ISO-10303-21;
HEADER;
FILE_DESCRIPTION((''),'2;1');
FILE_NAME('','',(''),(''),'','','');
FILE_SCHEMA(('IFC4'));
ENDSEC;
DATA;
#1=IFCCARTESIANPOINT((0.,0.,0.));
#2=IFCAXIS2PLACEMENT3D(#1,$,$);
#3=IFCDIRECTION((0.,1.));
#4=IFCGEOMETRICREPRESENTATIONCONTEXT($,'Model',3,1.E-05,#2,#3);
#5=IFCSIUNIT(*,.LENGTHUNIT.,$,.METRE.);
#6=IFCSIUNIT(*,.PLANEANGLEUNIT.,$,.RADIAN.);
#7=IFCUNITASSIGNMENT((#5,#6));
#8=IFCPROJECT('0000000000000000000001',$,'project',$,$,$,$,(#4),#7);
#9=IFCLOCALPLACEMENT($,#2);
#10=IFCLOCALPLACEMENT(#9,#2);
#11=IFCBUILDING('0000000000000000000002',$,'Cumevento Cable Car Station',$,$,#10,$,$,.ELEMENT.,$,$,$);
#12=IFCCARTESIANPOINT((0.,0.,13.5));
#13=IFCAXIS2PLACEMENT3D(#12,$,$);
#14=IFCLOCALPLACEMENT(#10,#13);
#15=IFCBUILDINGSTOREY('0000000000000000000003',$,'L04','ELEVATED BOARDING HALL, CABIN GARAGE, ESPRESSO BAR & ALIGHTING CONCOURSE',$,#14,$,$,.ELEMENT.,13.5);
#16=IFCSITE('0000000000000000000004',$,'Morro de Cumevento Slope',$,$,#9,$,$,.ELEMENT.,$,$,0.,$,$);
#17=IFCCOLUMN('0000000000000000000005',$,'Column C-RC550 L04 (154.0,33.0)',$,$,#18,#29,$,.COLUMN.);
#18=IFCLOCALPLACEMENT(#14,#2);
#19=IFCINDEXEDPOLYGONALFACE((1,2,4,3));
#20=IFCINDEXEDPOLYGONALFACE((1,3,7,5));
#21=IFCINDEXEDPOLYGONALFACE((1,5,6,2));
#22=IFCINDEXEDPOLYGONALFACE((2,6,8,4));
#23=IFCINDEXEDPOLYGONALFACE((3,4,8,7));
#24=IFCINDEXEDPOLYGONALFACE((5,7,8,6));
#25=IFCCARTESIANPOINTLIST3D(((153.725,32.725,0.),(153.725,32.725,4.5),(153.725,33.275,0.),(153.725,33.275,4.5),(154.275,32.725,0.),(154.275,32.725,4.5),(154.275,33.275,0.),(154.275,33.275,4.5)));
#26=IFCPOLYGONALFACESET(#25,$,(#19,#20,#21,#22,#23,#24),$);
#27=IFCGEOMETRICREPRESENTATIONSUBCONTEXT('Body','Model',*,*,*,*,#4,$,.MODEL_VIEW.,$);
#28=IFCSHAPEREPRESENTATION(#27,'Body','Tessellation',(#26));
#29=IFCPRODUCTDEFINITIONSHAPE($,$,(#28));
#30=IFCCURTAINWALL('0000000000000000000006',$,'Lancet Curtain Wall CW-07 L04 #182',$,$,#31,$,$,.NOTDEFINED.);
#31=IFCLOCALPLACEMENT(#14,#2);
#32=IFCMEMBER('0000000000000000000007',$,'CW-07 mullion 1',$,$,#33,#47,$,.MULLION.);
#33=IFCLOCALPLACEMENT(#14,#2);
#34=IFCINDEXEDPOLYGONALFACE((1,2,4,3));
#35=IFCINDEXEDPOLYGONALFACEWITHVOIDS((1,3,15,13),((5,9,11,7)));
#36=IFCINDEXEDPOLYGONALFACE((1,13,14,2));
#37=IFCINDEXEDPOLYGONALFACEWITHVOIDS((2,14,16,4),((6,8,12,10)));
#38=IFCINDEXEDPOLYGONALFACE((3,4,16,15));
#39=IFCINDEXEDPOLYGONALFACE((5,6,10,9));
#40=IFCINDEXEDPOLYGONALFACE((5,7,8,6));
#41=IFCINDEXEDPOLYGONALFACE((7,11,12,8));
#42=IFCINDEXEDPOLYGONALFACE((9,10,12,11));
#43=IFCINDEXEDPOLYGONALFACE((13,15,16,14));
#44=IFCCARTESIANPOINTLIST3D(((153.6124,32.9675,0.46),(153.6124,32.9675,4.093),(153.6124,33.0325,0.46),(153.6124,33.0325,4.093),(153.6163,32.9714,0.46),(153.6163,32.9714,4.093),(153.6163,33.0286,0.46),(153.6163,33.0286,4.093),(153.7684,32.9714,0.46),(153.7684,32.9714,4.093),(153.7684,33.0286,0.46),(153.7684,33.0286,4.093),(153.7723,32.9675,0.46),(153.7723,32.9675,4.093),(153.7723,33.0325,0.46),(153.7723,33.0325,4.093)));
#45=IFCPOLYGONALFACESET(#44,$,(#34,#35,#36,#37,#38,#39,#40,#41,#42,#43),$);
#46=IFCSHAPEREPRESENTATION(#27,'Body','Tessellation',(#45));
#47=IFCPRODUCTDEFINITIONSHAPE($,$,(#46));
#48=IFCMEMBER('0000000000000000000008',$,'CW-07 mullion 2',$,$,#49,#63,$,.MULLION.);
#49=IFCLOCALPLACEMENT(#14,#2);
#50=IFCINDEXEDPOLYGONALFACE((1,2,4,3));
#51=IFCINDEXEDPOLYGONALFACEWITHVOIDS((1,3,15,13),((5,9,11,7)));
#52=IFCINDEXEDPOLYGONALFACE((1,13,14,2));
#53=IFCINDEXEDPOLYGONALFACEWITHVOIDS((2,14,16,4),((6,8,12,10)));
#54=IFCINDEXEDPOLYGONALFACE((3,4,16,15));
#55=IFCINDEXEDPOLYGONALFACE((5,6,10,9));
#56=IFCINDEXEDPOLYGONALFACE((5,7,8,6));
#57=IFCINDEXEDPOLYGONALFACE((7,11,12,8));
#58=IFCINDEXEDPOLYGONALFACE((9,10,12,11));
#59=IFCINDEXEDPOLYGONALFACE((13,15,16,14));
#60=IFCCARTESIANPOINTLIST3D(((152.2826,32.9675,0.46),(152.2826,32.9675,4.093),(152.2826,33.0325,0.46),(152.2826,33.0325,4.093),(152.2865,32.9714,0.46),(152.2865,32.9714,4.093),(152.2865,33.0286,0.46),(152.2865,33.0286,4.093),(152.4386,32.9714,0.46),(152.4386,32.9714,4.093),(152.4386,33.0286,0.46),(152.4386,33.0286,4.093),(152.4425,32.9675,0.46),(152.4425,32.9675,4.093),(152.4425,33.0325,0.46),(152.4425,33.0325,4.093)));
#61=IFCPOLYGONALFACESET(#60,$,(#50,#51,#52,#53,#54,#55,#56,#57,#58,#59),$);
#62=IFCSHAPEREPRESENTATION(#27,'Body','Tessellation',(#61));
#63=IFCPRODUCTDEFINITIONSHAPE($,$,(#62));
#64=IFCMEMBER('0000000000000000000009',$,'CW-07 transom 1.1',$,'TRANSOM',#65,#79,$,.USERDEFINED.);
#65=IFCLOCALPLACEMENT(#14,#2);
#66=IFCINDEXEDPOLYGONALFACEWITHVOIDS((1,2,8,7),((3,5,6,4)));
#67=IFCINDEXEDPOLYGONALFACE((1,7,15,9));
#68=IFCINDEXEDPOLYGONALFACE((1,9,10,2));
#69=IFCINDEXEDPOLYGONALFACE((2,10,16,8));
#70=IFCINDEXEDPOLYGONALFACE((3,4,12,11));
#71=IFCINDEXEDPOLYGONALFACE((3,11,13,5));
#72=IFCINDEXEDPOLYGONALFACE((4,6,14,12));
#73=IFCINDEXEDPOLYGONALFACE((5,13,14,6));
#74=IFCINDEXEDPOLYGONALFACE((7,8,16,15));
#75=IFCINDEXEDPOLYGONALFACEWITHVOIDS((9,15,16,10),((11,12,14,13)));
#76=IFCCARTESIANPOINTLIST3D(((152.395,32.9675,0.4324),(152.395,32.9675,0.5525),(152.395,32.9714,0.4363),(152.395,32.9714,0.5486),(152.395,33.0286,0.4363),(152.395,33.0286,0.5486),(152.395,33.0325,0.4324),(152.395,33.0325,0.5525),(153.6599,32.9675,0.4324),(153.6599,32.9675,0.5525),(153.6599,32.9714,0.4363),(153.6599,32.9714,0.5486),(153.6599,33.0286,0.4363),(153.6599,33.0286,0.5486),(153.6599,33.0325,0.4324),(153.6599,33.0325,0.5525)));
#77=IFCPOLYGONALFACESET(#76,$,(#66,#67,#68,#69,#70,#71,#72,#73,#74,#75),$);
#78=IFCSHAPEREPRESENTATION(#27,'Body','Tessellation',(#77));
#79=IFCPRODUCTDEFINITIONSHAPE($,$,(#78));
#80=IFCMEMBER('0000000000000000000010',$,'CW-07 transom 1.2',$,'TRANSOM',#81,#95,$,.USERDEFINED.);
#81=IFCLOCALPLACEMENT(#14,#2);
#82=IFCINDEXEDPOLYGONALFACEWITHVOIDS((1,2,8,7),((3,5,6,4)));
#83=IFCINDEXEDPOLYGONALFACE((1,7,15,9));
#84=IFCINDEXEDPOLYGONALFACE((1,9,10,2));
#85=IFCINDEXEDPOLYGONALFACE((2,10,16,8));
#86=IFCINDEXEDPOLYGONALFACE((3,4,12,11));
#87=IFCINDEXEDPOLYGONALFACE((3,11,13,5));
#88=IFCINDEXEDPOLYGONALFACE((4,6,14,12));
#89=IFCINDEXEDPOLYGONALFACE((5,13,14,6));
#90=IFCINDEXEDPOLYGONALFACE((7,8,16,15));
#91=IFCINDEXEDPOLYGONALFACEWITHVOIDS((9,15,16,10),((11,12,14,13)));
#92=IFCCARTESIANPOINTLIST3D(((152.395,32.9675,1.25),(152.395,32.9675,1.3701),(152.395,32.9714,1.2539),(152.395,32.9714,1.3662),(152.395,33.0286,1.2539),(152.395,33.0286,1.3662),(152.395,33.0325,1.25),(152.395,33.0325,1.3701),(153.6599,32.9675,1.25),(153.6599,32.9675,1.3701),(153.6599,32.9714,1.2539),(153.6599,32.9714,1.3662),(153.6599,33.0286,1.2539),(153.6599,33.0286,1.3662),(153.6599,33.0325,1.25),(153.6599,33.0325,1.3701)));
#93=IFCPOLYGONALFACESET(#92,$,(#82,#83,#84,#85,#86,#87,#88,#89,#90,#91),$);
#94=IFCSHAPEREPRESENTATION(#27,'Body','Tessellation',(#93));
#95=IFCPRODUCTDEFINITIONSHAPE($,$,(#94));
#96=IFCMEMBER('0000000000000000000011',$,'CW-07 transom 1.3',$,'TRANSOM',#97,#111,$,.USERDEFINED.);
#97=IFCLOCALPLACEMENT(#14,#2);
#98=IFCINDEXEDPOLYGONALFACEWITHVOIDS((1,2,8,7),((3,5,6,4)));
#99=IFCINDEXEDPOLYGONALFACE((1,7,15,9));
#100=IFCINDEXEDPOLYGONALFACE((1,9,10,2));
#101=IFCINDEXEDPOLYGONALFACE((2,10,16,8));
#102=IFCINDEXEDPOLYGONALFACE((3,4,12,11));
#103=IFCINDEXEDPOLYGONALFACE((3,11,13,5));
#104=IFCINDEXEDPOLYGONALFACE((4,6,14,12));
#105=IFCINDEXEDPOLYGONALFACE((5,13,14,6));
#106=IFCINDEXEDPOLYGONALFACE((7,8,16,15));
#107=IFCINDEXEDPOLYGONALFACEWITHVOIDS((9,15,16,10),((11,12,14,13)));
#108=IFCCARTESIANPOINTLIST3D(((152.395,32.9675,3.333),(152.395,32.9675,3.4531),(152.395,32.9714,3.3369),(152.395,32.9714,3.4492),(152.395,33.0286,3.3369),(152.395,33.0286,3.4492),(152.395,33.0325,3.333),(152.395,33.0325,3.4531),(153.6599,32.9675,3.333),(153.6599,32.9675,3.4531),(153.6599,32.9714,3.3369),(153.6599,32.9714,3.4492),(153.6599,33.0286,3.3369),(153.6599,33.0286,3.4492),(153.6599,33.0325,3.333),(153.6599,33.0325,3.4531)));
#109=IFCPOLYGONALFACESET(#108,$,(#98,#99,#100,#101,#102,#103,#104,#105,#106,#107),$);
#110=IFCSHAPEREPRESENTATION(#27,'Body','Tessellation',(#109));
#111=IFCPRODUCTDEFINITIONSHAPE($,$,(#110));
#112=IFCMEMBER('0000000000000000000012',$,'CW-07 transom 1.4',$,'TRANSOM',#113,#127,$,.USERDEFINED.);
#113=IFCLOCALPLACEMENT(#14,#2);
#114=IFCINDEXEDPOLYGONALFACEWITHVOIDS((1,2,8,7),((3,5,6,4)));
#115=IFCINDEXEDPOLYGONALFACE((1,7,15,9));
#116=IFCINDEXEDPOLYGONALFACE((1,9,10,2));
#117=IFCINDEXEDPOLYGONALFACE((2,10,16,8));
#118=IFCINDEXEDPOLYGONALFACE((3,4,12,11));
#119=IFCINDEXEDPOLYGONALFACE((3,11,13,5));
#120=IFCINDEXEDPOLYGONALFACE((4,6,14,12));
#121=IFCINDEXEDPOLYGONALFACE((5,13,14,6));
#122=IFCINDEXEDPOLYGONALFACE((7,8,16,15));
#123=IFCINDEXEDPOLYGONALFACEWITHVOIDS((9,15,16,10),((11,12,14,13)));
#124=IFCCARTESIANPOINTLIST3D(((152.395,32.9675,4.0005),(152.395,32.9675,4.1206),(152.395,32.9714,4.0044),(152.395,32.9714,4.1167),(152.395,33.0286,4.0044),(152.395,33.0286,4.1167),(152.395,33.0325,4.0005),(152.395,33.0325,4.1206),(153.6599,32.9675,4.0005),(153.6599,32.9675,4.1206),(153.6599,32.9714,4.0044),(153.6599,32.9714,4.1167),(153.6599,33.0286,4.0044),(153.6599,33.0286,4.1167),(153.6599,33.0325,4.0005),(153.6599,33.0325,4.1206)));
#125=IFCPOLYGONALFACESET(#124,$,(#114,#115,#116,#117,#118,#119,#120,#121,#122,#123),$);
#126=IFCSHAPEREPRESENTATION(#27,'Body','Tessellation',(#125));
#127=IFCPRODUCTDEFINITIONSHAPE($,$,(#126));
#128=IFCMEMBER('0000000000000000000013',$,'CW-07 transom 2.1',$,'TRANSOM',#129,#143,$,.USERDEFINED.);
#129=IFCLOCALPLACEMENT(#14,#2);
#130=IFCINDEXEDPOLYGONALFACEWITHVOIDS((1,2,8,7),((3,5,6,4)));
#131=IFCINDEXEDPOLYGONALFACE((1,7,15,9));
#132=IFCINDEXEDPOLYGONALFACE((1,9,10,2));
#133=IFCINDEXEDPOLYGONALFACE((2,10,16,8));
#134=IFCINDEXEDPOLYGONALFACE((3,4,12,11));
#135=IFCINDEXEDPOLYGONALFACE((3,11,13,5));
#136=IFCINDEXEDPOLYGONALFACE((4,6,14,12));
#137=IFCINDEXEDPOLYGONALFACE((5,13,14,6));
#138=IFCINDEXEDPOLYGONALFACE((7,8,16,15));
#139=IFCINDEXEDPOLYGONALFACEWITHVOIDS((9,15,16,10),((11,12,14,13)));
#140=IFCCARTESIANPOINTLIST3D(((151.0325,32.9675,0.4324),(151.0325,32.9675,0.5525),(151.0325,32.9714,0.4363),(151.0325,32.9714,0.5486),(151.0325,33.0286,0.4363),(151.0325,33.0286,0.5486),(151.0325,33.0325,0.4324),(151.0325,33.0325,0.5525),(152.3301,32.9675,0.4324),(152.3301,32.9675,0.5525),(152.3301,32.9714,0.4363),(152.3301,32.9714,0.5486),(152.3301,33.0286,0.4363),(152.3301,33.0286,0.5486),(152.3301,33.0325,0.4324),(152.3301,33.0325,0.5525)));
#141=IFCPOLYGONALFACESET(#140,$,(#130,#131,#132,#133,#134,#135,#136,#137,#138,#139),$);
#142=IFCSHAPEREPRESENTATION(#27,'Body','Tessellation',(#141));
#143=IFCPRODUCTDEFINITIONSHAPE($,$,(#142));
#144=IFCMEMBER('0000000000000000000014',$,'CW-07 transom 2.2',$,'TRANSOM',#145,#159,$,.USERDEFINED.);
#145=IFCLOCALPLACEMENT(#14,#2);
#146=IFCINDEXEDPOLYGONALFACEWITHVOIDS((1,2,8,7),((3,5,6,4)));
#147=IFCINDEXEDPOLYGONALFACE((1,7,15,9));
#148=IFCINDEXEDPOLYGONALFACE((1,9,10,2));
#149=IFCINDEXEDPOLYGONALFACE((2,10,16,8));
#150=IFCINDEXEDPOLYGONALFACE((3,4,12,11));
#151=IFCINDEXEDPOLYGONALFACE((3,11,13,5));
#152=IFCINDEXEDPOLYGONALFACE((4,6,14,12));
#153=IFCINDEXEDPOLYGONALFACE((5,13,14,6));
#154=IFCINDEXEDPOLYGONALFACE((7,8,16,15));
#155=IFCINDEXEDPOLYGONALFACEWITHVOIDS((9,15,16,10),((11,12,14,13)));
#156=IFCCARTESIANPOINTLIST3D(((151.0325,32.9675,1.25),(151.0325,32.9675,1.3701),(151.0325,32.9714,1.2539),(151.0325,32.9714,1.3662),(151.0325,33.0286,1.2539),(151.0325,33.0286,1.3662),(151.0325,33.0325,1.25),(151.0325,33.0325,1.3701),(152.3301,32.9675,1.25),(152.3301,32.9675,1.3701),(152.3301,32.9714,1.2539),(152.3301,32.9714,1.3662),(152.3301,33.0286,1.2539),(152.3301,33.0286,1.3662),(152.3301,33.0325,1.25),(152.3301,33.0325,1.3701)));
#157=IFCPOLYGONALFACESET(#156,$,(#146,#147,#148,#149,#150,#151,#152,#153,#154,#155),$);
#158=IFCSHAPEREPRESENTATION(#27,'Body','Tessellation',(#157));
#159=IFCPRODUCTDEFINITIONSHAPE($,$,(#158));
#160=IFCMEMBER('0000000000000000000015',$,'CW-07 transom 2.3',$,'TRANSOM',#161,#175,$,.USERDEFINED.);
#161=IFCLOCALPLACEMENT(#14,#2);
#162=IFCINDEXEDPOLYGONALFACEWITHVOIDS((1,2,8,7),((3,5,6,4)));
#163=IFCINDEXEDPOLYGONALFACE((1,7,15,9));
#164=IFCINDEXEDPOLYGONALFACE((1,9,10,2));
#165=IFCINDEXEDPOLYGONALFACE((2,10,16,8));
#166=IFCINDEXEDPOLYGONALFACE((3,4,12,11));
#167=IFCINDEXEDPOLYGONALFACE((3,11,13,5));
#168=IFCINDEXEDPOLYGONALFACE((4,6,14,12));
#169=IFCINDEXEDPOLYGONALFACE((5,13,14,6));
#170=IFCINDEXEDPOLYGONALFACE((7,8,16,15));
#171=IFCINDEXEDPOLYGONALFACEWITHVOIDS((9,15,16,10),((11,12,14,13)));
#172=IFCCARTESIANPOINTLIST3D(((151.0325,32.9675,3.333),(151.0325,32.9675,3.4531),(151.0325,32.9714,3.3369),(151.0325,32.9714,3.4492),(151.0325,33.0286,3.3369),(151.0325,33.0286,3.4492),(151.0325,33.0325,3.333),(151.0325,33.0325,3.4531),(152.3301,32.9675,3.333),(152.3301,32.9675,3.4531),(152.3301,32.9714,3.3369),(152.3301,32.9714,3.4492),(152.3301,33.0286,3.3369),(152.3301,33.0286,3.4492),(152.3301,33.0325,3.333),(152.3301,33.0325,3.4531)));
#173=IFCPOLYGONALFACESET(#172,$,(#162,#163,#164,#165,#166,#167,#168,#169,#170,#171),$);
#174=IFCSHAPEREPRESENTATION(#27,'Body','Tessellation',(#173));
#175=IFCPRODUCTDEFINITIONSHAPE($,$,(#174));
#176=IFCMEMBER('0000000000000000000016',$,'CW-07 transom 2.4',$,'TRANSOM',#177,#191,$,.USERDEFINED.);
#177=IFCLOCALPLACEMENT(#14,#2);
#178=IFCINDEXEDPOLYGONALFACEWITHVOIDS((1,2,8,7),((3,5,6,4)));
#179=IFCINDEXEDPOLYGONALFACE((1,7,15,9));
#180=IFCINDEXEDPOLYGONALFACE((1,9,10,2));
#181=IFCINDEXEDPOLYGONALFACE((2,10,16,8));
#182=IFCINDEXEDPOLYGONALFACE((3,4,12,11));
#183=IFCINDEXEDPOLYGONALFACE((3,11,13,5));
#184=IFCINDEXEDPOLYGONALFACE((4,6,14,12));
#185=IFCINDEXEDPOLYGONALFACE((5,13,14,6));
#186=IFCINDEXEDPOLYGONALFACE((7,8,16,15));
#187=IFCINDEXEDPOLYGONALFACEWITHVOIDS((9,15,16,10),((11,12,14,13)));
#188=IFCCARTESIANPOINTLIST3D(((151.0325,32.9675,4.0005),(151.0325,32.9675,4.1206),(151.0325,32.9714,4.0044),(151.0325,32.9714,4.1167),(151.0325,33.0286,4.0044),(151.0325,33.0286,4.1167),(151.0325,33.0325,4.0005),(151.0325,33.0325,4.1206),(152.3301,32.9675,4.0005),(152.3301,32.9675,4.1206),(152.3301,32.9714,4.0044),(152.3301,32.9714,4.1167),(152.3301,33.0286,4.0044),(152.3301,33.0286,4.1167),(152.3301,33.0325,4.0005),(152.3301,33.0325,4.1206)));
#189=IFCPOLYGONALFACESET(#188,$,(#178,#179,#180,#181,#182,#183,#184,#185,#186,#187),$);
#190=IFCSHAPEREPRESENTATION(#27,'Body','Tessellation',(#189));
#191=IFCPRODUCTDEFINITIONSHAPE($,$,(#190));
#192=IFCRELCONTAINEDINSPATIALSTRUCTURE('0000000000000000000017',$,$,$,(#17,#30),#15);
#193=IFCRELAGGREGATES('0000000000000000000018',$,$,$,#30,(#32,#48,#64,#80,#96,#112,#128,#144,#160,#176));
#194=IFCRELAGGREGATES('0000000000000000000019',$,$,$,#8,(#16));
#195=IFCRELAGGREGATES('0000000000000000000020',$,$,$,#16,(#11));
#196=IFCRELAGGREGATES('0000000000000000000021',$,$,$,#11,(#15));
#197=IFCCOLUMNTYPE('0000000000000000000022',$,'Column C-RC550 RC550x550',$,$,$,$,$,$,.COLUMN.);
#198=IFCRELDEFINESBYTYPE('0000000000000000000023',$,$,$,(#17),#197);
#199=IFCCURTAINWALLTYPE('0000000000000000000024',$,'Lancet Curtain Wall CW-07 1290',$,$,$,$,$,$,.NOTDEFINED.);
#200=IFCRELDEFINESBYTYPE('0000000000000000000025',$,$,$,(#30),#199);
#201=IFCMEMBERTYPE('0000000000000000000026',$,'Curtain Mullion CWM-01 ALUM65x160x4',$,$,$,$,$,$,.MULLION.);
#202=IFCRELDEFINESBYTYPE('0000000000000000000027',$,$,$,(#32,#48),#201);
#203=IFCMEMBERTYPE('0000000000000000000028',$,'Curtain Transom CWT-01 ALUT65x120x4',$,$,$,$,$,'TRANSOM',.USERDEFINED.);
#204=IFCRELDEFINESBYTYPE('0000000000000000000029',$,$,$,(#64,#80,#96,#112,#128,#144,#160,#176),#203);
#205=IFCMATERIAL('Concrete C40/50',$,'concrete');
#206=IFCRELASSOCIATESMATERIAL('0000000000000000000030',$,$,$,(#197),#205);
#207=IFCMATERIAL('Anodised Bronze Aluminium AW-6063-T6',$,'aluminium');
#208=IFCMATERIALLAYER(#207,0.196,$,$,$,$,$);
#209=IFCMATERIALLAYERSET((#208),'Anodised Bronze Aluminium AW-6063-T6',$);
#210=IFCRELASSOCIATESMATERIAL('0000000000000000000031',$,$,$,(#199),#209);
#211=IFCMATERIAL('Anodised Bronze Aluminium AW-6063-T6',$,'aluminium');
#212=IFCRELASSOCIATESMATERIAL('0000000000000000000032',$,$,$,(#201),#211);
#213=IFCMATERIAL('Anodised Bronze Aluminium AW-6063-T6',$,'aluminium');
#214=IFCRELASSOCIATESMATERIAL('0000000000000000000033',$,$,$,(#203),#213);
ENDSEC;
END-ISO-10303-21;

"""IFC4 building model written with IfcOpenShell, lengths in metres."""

from ifc_helpers import new_model, si_unit, direction, frame, origin, origin_2d, place, context, subcontext, project, spatial, rectangle, hollow_rectangle, extrude, material, layer, layer_set, material_profile, profile_set, type_object, element, aggregate, save


model = new_model("IFC4")

# Units and contexts
model_context = context("Model", 3, precision=1e-05, world=origin(), true_north=direction((0.0, 1.0)))
body_context = subcontext(model_context, "Body", "Model", "MODEL_VIEW")
ifc_project = project(units=[si_unit("LENGTHUNIT", "METRE"), si_unit("PLANEANGLEUNIT", "RADIAN")], contexts=[model_context])

# Site, building, storey
site_placement = place(None, origin())
site = spatial("IfcSite", under=ifc_project, at=site_placement, Name="Morro de Cumevento Slope", CompositionType="ELEMENT", RefElevation=0.0)
building_placement = place(site_placement, origin())
building = spatial("IfcBuilding", under=site, at=building_placement, Name="Cumevento Cable Car Station", CompositionType="ELEMENT")
storey_placement = place(building_placement, frame((0.0, 0.0, 13.5)))
storey = spatial("IfcBuildingStorey", under=building, at=storey_placement, Name="L04", Description="ELEVATED BOARDING HALL, CABIN GARAGE, ESPRESSO BAR & ALIGHTING CONCOURSE", CompositionType="ELEMENT", Elevation=13.5)

# Column
ifc_material_1 = material(Name="Concrete C40/50", Category="concrete")
ifc_material_profile_1 = material_profile(ifc_material_1, rectangle(XDim=0.55, YDim=0.55, at=origin_2d()), Name="RC550x550")
ifc_profile_set_1 = profile_set([ifc_material_profile_1], Name="Concrete C40/50")
column_type = type_object("IfcColumnType", Name="Column C-RC550 RC550x550", PredefinedType="COLUMN", material=ifc_profile_set_1)
column_placement = place(storey_placement, frame((154.0, 33.0, 0.0), z_axis=(0.0, 0.0, 1.0), x_axis=(1.0, 0.0, 0.0)))
element("IfcColumn", 1, at=column_placement, inside=storey, type_object=column_type, Name="Column C-RC550 L04 (154.0,33.0)", PredefinedType="COLUMN", context=body_context, shape_type="SweptSolid", body=[
    extrude(rectangle(XDim=0.55, YDim=0.55, at=origin_2d()), origin(), (0.0, 0.0, 1.0), 4.5),
])

# Curtain wall, members
ifc_material_2 = material(Name="Anodised Bronze Aluminium AW-6063-T6", Category="aluminium")
ifc_layer_1 = layer(ifc_material_2, 0.196)
ifc_layer_set_1 = layer_set([ifc_layer_1], Name="Anodised Bronze Aluminium AW-6063-T6")
curtain_wall_type = type_object("IfcCurtainWallType", Name="Lancet Curtain Wall CW-07 1290", PredefinedType="NOTDEFINED", material=ifc_layer_set_1)
curtain_wall_placement = place(storey_placement, origin())
curtain_wall = element("IfcCurtainWall", 2, at=curtain_wall_placement, inside=storey, type_object=curtain_wall_type, Name="Lancet Curtain Wall CW-07 L04 #182", PredefinedType="NOTDEFINED")
ifc_material_3 = material(Name="Anodised Bronze Aluminium AW-6063-T6", Category="aluminium")
ifc_material_profile_2 = material_profile(ifc_material_3, hollow_rectangle(XDim=0.0649, YDim=0.1599, WallThickness=0.0039, at=origin_2d()), Name="ALUM65x160x4")
ifc_profile_set_2 = profile_set([ifc_material_profile_2], Name="Anodised Bronze Aluminium AW-6063-T6")
member_type_1 = type_object("IfcMemberType", Name="Curtain Mullion CWM-01 ALUM65x160x4", PredefinedType="MULLION", material=ifc_profile_set_2)
member_1_placement = place(storey_placement, frame((153.6924, 33.0, 0.46), z_axis=(0.0, 0.0, 1.0), x_axis=(0.0, -1.0, 0.0)))
member_1 = element("IfcMember", 3, at=member_1_placement, type_object=member_type_1, Name="CW-07 mullion 1", PredefinedType="MULLION", context=body_context, shape_type="SweptSolid", body=[
    extrude(hollow_rectangle(XDim=0.0649, YDim=0.1599, WallThickness=0.0039, at=origin_2d()), origin(), (0.0, 0.0, 1.0), 3.6331),
])
member_2_placement = place(storey_placement, frame((152.3625, 33.0, 0.46), z_axis=(0.0, 0.0, 1.0), x_axis=(0.0, -1.0, 0.0)))
member_2 = element("IfcMember", 4, at=member_2_placement, type_object=member_type_1, Name="CW-07 mullion 2", PredefinedType="MULLION", context=body_context, shape_type="SweptSolid", body=[
    extrude(hollow_rectangle(XDim=0.0649, YDim=0.1599, WallThickness=0.0039, at=origin_2d()), origin(), (0.0, 0.0, 1.0), 3.6331),
])
ifc_material_4 = material(Name="Anodised Bronze Aluminium AW-6063-T6", Category="aluminium")
ifc_material_profile_3 = material_profile(ifc_material_4, hollow_rectangle(XDim=0.0649, YDim=0.1201, WallThickness=0.0039, at=origin_2d()), Name="ALUT65x120x4")
ifc_profile_set_3 = profile_set([ifc_material_profile_3], Name="Anodised Bronze Aluminium AW-6063-T6")
member_type_2 = type_object("IfcMemberType", Name="Curtain Transom CWT-01 ALUT65x120x4", ElementType="TRANSOM", PredefinedType="USERDEFINED", material=ifc_profile_set_3)
member_3_placement = place(storey_placement, frame((153.6599, 33.0, 0.4924), z_axis=(-1.0, 0.0, 0.0), x_axis=(0.0, -1.0, 0.0)))
member_3 = element("IfcMember", 5, at=member_3_placement, type_object=member_type_2, Name="CW-07 transom 1.1", ObjectType="TRANSOM", PredefinedType="USERDEFINED", context=body_context, shape_type="SweptSolid", body=[
    extrude(hollow_rectangle(XDim=0.0649, YDim=0.1201, WallThickness=0.0039, at=origin_2d()), origin(), (0.0, 0.0, 1.0), 1.2649),
])
member_4_placement = place(storey_placement, frame((153.6599, 33.0, 1.3101), z_axis=(-1.0, 0.0, 0.0), x_axis=(0.0, -1.0, 0.0)))
member_4 = element("IfcMember", 6, at=member_4_placement, type_object=member_type_2, Name="CW-07 transom 1.2", ObjectType="TRANSOM", PredefinedType="USERDEFINED", context=body_context, shape_type="SweptSolid", body=[
    extrude(hollow_rectangle(XDim=0.0649, YDim=0.1201, WallThickness=0.0039, at=origin_2d()), origin(), (0.0, 0.0, 1.0), 1.2649),
])
member_5_placement = place(storey_placement, frame((153.6599, 33.0, 3.3931), z_axis=(-1.0, 0.0, 0.0), x_axis=(0.0, -1.0, 0.0)))
member_5 = element("IfcMember", 7, at=member_5_placement, type_object=member_type_2, Name="CW-07 transom 1.3", ObjectType="TRANSOM", PredefinedType="USERDEFINED", context=body_context, shape_type="SweptSolid", body=[
    extrude(hollow_rectangle(XDim=0.0649, YDim=0.1201, WallThickness=0.0039, at=origin_2d()), origin(), (0.0, 0.0, 1.0), 1.2649),
])
member_6_placement = place(storey_placement, frame((153.6599, 33.0, 4.0605), z_axis=(-1.0, 0.0, 0.0), x_axis=(0.0, -1.0, 0.0)))
member_6 = element("IfcMember", 8, at=member_6_placement, type_object=member_type_2, Name="CW-07 transom 1.4", ObjectType="TRANSOM", PredefinedType="USERDEFINED", context=body_context, shape_type="SweptSolid", body=[
    extrude(hollow_rectangle(XDim=0.0649, YDim=0.1201, WallThickness=0.0039, at=origin_2d()), origin(), (0.0, 0.0, 1.0), 1.2649),
])
member_7_placement = place(storey_placement, frame((152.3301, 33.0, 0.4924), z_axis=(-1.0, 0.0, 0.0), x_axis=(0.0, -1.0, 0.0)))
member_7 = element("IfcMember", 9, at=member_7_placement, type_object=member_type_2, Name="CW-07 transom 2.1", ObjectType="TRANSOM", PredefinedType="USERDEFINED", context=body_context, shape_type="SweptSolid", body=[
    extrude(hollow_rectangle(XDim=0.0649, YDim=0.1201, WallThickness=0.0039, at=origin_2d()), origin(), (0.0, 0.0, 1.0), 1.2976),
])
member_8_placement = place(storey_placement, frame((152.3301, 33.0, 1.3101), z_axis=(-1.0, 0.0, 0.0), x_axis=(0.0, -1.0, 0.0)))
member_8 = element("IfcMember", 10, at=member_8_placement, type_object=member_type_2, Name="CW-07 transom 2.2", ObjectType="TRANSOM", PredefinedType="USERDEFINED", context=body_context, shape_type="SweptSolid", body=[
    extrude(hollow_rectangle(XDim=0.0649, YDim=0.1201, WallThickness=0.0039, at=origin_2d()), origin(), (0.0, 0.0, 1.0), 1.2976),
])
member_9_placement = place(storey_placement, frame((152.3301, 33.0, 3.3931), z_axis=(-1.0, 0.0, 0.0), x_axis=(0.0, -1.0, 0.0)))
member_9 = element("IfcMember", 11, at=member_9_placement, type_object=member_type_2, Name="CW-07 transom 2.3", ObjectType="TRANSOM", PredefinedType="USERDEFINED", context=body_context, shape_type="SweptSolid", body=[
    extrude(hollow_rectangle(XDim=0.0649, YDim=0.1201, WallThickness=0.0039, at=origin_2d()), origin(), (0.0, 0.0, 1.0), 1.2976),
])
member_10_placement = place(storey_placement, frame((152.3301, 33.0, 4.0605), z_axis=(-1.0, 0.0, 0.0), x_axis=(0.0, -1.0, 0.0)))
member_10 = element("IfcMember", 12, at=member_10_placement, type_object=member_type_2, Name="CW-07 transom 2.4", ObjectType="TRANSOM", PredefinedType="USERDEFINED", context=body_context, shape_type="SweptSolid", body=[
    extrude(hollow_rectangle(XDim=0.0649, YDim=0.1201, WallThickness=0.0039, at=origin_2d()), origin(), (0.0, 0.0, 1.0), 1.2976),
])

aggregate(curtain_wall, [member_1, member_2, member_3, member_4, member_5, member_6, member_7, member_8, member_9, member_10])

save(model, "model.ifc")
